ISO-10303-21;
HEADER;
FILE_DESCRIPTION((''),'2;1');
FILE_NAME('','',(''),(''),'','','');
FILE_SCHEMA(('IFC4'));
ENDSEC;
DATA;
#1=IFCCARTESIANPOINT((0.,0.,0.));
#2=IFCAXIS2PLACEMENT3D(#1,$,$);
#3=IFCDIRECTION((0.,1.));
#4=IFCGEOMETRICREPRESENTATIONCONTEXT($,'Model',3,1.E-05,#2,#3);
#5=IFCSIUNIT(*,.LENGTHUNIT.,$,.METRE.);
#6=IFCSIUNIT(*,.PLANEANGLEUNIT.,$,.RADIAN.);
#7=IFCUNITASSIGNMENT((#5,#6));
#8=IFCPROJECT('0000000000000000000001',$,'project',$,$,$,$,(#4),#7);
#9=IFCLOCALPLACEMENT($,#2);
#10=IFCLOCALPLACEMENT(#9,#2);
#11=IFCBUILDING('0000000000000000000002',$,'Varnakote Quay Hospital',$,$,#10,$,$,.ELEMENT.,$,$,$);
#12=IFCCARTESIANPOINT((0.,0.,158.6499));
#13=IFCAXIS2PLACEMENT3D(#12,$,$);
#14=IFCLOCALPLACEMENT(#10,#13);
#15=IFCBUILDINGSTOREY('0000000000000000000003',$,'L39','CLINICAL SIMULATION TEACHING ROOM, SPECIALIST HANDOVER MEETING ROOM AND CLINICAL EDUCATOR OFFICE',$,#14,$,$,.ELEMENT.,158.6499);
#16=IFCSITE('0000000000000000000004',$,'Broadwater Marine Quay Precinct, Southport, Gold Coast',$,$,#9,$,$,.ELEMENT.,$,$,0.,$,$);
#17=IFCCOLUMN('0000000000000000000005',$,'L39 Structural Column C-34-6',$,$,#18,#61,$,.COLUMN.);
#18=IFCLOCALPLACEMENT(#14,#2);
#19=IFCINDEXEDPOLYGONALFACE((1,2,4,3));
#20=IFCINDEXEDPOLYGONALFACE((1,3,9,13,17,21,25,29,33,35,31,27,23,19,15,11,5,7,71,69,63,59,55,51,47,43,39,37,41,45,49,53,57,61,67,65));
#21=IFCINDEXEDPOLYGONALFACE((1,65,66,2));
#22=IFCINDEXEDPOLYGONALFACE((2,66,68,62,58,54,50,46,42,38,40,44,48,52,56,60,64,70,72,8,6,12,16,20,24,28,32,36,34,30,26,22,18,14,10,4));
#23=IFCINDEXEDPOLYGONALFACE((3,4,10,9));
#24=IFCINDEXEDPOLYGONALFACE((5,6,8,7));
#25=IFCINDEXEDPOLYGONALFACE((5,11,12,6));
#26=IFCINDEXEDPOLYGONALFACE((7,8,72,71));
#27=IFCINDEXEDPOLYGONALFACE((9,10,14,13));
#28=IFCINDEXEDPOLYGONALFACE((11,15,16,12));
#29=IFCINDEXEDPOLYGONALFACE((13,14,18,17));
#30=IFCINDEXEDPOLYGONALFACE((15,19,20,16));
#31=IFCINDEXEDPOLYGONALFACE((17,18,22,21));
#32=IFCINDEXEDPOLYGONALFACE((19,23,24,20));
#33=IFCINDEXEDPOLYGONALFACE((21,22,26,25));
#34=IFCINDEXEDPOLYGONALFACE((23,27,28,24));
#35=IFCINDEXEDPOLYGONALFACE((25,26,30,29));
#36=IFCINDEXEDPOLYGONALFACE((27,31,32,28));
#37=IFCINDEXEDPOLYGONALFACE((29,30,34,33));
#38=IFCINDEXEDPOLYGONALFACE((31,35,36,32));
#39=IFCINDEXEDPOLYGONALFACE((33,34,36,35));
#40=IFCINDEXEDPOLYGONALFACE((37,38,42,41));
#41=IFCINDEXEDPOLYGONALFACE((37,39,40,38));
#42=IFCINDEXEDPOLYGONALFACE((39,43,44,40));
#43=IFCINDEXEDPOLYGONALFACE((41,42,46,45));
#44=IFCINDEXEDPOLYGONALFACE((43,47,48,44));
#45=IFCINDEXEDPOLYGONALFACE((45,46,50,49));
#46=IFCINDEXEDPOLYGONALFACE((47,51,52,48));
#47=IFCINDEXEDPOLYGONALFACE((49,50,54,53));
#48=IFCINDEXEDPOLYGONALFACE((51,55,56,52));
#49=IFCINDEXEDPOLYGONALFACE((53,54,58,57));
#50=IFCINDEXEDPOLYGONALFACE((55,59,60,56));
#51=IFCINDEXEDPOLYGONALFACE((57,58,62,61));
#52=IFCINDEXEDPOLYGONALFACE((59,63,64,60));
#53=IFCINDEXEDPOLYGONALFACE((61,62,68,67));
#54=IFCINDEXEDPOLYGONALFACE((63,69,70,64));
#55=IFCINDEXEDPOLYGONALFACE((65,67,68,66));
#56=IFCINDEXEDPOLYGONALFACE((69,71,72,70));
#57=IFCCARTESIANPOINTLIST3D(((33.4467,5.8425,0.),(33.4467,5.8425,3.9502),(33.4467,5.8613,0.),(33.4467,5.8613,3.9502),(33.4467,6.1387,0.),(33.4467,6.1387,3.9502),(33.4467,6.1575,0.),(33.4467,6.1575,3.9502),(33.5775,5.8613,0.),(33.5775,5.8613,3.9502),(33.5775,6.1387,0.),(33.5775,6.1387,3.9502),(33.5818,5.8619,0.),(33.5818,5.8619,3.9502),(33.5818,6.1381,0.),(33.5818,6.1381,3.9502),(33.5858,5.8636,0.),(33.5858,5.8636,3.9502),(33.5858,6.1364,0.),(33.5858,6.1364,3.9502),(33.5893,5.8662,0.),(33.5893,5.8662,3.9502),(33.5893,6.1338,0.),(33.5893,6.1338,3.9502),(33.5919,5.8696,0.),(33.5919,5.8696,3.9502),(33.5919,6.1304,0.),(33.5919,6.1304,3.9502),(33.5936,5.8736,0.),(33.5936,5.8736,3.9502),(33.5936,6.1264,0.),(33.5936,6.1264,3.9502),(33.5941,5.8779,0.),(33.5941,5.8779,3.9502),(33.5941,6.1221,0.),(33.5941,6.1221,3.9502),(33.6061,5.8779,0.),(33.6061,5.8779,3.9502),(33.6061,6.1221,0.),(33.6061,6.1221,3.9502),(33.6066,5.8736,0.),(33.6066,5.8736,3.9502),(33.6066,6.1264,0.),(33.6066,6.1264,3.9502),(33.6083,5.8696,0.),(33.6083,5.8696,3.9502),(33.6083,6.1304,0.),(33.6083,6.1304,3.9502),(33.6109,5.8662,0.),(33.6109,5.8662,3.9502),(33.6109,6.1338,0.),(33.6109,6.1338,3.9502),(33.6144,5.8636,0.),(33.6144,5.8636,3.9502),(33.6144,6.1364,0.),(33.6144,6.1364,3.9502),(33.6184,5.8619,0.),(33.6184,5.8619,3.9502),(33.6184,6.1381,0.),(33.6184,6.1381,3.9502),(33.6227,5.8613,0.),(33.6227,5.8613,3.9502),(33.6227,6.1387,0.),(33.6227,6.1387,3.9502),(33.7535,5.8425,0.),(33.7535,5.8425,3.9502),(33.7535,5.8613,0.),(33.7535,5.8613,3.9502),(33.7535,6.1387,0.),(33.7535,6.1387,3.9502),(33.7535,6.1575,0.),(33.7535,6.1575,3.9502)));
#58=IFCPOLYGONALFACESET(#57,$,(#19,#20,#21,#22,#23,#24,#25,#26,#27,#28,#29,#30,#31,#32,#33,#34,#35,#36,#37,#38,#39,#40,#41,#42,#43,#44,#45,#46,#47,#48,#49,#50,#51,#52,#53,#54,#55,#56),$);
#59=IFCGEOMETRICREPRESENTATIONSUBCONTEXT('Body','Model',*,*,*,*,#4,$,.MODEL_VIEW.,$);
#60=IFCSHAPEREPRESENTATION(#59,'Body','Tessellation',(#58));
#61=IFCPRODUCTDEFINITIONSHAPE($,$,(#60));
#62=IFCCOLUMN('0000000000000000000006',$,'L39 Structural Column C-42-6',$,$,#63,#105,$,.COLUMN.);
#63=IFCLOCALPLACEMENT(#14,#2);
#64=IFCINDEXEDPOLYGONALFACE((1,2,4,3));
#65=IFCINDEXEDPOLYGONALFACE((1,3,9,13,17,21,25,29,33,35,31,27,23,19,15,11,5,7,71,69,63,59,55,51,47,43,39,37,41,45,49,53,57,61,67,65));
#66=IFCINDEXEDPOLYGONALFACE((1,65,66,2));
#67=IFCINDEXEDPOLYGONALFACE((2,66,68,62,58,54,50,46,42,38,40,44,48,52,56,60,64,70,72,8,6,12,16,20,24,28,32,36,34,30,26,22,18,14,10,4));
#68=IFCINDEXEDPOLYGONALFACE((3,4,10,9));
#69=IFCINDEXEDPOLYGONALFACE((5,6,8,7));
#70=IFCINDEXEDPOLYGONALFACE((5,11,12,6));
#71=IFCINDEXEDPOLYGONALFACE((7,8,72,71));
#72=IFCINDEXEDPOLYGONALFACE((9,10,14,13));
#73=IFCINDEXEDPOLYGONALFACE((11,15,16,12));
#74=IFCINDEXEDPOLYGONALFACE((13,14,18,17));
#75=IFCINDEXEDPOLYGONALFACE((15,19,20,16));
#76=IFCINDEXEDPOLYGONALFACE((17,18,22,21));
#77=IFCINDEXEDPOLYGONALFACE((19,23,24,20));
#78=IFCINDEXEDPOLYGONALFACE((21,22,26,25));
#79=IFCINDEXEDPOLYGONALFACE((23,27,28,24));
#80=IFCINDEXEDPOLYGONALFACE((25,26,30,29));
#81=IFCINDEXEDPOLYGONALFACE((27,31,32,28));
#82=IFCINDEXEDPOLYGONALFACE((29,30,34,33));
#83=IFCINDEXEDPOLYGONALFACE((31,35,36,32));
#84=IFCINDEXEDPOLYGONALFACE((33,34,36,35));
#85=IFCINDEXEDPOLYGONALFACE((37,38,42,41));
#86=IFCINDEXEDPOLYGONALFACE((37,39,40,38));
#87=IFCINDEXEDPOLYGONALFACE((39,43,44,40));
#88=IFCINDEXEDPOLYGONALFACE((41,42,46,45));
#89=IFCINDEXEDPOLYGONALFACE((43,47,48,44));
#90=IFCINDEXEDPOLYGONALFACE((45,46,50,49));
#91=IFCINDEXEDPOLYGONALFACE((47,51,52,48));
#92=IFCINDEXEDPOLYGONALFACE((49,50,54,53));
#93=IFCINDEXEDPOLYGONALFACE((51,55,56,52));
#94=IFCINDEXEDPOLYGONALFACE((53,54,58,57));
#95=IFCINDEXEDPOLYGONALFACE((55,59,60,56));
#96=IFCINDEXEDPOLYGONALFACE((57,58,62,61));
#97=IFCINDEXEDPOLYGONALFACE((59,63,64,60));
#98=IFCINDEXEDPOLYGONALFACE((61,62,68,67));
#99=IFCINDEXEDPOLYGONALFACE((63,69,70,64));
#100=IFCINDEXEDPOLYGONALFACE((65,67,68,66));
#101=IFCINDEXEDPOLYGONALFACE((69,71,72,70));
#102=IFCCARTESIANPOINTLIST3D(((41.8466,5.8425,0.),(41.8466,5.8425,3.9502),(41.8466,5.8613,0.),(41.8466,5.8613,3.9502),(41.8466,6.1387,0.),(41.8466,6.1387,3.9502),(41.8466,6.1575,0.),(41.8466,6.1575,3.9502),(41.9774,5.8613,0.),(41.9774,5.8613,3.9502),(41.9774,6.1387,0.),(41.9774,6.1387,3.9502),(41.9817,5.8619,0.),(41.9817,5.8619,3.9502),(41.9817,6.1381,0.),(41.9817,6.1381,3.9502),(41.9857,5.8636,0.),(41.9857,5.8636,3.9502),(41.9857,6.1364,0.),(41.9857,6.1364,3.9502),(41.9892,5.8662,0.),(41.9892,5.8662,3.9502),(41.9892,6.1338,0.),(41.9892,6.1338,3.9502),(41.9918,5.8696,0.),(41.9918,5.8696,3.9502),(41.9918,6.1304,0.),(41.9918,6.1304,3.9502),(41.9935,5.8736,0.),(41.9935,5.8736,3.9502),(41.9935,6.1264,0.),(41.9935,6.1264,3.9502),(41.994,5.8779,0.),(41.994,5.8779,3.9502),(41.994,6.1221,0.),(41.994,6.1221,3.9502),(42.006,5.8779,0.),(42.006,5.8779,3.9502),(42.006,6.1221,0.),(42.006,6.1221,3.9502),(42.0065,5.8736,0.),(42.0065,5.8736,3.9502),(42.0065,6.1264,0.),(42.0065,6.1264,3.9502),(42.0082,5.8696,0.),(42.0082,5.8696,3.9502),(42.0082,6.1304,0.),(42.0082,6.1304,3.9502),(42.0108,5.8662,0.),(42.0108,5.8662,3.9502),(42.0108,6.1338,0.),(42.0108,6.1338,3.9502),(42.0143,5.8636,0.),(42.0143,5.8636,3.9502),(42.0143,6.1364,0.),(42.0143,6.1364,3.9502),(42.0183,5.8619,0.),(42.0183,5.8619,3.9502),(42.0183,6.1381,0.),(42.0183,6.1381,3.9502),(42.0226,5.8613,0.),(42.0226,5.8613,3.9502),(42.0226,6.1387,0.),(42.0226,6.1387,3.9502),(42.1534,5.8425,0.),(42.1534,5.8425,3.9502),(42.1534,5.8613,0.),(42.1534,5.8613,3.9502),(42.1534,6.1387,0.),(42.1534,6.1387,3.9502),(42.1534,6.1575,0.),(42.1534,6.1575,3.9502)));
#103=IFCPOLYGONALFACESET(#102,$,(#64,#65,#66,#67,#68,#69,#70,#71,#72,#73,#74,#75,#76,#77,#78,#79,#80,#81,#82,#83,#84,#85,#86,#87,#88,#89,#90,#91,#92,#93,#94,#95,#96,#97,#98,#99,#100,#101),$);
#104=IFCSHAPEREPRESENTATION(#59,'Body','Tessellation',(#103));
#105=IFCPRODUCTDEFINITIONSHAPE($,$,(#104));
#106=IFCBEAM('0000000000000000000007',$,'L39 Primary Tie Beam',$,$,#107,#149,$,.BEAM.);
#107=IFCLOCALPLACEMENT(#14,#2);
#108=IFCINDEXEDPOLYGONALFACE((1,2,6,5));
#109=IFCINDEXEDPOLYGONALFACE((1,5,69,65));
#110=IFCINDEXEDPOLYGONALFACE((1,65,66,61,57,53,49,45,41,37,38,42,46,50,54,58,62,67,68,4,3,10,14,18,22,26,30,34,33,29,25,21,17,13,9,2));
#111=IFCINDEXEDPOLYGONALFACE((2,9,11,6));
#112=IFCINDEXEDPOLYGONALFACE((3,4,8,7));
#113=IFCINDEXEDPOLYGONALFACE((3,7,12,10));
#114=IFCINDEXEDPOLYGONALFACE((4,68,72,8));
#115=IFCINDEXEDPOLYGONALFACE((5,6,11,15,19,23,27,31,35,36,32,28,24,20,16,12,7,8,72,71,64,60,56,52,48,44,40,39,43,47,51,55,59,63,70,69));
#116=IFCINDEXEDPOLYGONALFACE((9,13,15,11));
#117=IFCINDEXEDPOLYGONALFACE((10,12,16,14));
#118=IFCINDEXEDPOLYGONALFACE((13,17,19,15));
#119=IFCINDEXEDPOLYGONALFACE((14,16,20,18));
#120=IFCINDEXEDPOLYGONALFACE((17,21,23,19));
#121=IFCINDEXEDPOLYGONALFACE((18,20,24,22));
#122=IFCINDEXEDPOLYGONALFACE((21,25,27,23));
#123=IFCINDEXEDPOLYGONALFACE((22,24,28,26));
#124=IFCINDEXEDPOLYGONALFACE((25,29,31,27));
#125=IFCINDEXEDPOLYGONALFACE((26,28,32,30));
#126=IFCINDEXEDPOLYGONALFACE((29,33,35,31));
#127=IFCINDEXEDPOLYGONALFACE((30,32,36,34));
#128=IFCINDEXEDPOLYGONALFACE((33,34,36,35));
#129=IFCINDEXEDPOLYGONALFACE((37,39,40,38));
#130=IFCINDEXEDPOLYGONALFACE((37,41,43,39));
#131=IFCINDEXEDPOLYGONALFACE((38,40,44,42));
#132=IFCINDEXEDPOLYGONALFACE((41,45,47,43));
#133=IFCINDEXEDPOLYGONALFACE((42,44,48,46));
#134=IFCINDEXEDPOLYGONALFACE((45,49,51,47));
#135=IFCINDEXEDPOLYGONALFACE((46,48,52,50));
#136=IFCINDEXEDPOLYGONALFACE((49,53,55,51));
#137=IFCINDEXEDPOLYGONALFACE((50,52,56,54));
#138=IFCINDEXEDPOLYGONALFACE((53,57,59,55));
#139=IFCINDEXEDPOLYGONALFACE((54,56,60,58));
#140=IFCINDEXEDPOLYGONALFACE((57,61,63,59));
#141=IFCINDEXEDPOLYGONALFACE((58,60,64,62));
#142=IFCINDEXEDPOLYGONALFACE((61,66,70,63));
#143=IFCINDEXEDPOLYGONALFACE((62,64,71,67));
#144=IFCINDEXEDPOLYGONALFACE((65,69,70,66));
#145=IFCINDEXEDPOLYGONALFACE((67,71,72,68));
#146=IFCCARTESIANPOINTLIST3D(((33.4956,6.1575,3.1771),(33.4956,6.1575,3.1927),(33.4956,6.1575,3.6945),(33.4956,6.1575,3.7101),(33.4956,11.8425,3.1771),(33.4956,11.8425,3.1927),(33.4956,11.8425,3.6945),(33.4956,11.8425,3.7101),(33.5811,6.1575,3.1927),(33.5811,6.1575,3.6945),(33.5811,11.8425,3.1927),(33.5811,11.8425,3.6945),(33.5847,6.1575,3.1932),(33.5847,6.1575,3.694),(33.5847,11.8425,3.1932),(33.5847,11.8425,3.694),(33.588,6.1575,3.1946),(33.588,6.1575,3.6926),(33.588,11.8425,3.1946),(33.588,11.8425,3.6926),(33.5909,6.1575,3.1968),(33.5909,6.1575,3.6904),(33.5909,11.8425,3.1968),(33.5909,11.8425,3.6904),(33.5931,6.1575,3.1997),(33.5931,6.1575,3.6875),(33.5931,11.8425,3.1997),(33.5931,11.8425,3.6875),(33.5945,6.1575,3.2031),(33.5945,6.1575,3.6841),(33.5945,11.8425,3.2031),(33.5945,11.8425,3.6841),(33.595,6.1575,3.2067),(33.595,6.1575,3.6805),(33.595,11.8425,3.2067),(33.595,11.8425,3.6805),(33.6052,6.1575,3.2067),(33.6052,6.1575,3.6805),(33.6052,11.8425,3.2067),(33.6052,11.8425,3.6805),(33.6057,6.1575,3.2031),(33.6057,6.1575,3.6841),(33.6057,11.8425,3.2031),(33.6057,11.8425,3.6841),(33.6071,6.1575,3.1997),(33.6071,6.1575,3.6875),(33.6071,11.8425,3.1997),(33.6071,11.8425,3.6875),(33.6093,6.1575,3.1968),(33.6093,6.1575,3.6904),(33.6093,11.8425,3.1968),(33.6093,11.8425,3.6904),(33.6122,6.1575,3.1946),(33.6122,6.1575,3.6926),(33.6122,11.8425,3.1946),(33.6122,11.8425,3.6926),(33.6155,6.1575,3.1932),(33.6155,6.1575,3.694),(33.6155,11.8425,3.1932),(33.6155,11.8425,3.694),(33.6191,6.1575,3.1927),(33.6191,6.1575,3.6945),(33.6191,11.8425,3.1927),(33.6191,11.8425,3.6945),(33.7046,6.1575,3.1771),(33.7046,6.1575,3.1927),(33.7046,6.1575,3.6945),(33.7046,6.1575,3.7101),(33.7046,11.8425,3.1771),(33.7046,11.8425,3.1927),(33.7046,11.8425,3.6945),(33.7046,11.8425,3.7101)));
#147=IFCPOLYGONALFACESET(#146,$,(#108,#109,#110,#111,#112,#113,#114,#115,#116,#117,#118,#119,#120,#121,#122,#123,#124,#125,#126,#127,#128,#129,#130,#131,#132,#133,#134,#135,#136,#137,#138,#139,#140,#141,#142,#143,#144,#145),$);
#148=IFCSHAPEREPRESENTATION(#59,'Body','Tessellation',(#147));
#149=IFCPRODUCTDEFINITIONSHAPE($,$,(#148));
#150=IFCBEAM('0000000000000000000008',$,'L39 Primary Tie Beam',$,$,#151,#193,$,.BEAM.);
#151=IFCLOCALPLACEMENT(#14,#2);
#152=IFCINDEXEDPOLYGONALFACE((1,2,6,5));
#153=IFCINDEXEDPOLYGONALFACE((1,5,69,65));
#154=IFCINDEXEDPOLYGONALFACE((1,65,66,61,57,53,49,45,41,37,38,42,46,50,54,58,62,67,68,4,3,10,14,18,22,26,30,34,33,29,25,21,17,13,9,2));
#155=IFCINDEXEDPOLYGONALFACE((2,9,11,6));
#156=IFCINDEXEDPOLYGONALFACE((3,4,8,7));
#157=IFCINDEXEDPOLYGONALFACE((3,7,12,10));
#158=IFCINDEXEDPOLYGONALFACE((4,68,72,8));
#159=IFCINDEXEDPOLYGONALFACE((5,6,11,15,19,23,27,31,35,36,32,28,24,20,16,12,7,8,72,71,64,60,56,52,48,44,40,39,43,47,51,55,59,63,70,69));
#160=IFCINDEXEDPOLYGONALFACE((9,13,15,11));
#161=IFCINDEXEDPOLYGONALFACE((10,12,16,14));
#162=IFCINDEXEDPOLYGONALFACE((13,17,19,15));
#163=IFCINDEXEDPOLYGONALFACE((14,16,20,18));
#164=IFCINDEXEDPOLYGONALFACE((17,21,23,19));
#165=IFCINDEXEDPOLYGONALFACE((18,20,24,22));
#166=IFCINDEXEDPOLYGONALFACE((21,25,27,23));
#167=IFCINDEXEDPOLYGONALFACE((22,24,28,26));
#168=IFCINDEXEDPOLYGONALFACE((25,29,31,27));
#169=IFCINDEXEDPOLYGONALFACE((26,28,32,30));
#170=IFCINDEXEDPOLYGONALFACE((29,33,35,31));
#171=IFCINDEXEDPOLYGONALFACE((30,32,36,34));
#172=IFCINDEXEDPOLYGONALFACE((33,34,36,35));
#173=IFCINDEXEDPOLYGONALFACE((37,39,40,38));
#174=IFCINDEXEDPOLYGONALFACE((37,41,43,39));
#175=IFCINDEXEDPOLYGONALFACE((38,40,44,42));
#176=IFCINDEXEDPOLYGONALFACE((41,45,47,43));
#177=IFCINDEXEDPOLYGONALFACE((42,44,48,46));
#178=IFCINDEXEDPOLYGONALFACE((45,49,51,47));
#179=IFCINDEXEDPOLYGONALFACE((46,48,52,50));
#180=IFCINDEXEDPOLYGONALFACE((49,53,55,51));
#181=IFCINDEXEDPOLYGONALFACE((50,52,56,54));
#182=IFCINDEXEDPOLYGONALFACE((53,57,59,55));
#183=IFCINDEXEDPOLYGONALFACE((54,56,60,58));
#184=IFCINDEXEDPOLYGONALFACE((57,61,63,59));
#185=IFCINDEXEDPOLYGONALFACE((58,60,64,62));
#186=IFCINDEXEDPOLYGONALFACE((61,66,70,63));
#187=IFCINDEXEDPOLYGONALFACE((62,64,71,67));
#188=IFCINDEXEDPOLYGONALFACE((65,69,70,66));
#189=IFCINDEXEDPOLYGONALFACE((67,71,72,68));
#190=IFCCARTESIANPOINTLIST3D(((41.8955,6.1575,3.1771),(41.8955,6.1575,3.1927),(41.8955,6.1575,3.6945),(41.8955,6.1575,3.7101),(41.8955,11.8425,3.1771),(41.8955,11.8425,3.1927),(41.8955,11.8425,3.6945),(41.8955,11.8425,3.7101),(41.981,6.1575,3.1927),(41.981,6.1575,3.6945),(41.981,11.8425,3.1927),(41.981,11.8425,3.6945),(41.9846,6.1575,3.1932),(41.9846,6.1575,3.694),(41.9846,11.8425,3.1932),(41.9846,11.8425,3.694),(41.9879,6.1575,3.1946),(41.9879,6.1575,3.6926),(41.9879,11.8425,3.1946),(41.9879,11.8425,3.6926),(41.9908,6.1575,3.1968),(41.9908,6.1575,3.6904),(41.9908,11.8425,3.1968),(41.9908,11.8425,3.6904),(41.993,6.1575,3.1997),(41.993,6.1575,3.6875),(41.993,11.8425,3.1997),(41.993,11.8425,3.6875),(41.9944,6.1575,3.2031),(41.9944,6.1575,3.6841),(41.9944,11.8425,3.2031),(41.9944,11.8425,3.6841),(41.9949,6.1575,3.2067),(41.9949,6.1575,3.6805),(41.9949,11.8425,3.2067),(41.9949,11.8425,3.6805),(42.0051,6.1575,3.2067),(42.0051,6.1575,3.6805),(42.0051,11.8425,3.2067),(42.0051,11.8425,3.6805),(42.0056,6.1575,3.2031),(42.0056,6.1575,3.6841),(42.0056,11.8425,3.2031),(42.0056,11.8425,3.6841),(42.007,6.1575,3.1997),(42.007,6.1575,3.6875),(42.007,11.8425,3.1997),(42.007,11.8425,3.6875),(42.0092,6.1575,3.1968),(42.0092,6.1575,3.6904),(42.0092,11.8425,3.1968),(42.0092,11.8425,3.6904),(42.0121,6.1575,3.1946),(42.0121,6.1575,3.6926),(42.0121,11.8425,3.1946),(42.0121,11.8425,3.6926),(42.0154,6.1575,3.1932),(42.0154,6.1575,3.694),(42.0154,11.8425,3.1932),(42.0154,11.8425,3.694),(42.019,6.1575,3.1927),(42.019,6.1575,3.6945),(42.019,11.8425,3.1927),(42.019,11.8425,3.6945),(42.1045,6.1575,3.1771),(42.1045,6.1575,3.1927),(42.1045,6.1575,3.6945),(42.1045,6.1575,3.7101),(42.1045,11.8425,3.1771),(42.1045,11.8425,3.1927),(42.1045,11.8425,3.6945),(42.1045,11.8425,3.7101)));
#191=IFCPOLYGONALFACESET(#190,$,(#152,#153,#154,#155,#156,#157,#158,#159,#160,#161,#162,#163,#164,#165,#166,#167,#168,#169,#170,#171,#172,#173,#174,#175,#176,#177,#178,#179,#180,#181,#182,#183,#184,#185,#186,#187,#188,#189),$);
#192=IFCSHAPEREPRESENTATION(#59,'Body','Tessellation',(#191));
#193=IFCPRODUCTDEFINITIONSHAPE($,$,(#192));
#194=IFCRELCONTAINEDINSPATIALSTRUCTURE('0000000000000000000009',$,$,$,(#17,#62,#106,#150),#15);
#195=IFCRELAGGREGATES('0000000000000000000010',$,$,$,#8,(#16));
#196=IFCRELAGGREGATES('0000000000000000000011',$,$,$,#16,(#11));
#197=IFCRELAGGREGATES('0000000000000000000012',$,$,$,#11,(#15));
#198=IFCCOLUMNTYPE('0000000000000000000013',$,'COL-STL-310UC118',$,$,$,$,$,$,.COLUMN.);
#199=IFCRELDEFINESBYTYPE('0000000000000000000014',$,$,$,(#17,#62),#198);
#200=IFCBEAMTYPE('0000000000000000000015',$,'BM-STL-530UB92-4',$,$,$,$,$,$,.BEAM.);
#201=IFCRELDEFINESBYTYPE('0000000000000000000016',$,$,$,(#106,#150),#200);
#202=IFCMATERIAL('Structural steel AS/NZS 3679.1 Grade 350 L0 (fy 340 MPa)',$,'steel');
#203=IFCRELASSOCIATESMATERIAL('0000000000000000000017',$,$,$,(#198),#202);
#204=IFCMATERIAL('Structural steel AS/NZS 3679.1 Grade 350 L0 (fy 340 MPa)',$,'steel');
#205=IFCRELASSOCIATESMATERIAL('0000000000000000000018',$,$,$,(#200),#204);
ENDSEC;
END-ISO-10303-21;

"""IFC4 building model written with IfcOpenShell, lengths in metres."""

from ifc_helpers import new_model, si_unit, direction, frame, origin, origin_2d, place, context, subcontext, project, spatial, i_section, extrude, material, material_profile, profile_set, type_object, element, save


model = new_model("IFC4")

# Units and contexts
model_context = context("Model", 3, precision=1e-05, world=origin(), true_north=direction((0.0, 1.0)))
body_context = subcontext(model_context, "Body", "Model", "MODEL_VIEW")
ifc_project = project(units=[si_unit("LENGTHUNIT", "METRE"), si_unit("PLANEANGLEUNIT", "RADIAN")], contexts=[model_context])

# Site, building, storey
site_placement = place(None, origin())
site = spatial("IfcSite", under=ifc_project, at=site_placement, Name="Broadwater Marine Quay Precinct, Southport, Gold Coast", CompositionType="ELEMENT", RefElevation=0.0)
building_placement = place(site_placement, origin())
building = spatial("IfcBuilding", under=site, at=building_placement, Name="Varnakote Quay Hospital", CompositionType="ELEMENT")
storey_placement = place(building_placement, frame((0.0, 0.0, 158.6499)))
storey = spatial("IfcBuildingStorey", under=building, at=storey_placement, Name="L39", Description="CLINICAL SIMULATION TEACHING ROOM, SPECIALIST HANDOVER MEETING ROOM AND CLINICAL EDUCATOR OFFICE", CompositionType="ELEMENT", Elevation=158.6499)

# Columns
ifc_material_1 = material(Name="Structural steel AS/NZS 3679.1 Grade 350 L0 (fy 340 MPa)", Category="steel")
ifc_material_profile_1 = material_profile(ifc_material_1, i_section(OverallWidth=0.3069, OverallDepth=0.3149, WebThickness=0.012, FlangeThickness=0.0188, FilletRadius=0.0166, at=origin_2d()), Name="310UC118")
ifc_profile_set_1 = profile_set([ifc_material_profile_1], Name="Structural steel AS/NZS 3679.1 Grade 350 L0 (fy 340 MPa)")
column_type = type_object("IfcColumnType", Name="COL-STL-310UC118", PredefinedType="COLUMN", material=ifc_profile_set_1)
for number, where, z_axis, x_axis, name in (
    (1, (33.6001, 6.0, 0.0), (0.0, 0.0, 1.0), (1.0, 0.0, 0.0), "L39 Structural Column C-34-6"),
    (2, (42.0, 6.0, 0.0), (0.0, 0.0, 1.0), (1.0, 0.0, 0.0), "L39 Structural Column C-42-6"),
):
    element("IfcColumn", number, at=place(storey_placement, frame(where, z_axis=z_axis, x_axis=x_axis)), inside=storey, type_object=column_type, Name=name, PredefinedType="COLUMN", context=body_context, shape_type="SweptSolid", body=[
        extrude(i_section(OverallWidth=0.3069, OverallDepth=0.3149, WebThickness=0.012, FlangeThickness=0.0188, FilletRadius=0.0166, at=origin_2d()), origin(), (0.0, 0.0, 1.0), 3.9502),
    ])

# Beams
ifc_material_2 = material(Name="Structural steel AS/NZS 3679.1 Grade 350 L0 (fy 340 MPa)", Category="steel")
ifc_material_profile_2 = material_profile(ifc_material_2, i_section(OverallWidth=0.209, OverallDepth=0.533, WebThickness=0.0103, FlangeThickness=0.0156, FilletRadius=0.0139, at=origin_2d()), Name="530UB92.4")
ifc_profile_set_2 = profile_set([ifc_material_profile_2], Name="Structural steel AS/NZS 3679.1 Grade 350 L0 (fy 340 MPa)")
beam_type_1 = type_object("IfcBeamType", Name="BM-STL-530UB92-4", PredefinedType="BEAM", material=ifc_profile_set_2)
for number, where, z_axis, x_axis, name in (
    (3, (33.6001, 6.1575, 3.4436), (0.0, 1.0, 0.0), (-1.0, 0.0, 0.0), "L39 Primary Tie Beam"),
    (4, (42.0, 6.1575, 3.4436), (0.0, 1.0, 0.0), (-1.0, 0.0, 0.0), "L39 Primary Tie Beam"),
):
    element("IfcBeam", number, at=place(storey_placement, frame(where, z_axis=z_axis, x_axis=x_axis)), inside=storey, type_object=beam_type_1, Name=name, PredefinedType="BEAM", context=body_context, shape_type="SweptSolid", body=[
        extrude(i_section(OverallWidth=0.209, OverallDepth=0.533, WebThickness=0.0103, FlangeThickness=0.0156, FilletRadius=0.0139, at=origin_2d()), origin(), (0.0, 0.0, 1.0), 5.6851),
    ])

save(model, "model.ifc")
